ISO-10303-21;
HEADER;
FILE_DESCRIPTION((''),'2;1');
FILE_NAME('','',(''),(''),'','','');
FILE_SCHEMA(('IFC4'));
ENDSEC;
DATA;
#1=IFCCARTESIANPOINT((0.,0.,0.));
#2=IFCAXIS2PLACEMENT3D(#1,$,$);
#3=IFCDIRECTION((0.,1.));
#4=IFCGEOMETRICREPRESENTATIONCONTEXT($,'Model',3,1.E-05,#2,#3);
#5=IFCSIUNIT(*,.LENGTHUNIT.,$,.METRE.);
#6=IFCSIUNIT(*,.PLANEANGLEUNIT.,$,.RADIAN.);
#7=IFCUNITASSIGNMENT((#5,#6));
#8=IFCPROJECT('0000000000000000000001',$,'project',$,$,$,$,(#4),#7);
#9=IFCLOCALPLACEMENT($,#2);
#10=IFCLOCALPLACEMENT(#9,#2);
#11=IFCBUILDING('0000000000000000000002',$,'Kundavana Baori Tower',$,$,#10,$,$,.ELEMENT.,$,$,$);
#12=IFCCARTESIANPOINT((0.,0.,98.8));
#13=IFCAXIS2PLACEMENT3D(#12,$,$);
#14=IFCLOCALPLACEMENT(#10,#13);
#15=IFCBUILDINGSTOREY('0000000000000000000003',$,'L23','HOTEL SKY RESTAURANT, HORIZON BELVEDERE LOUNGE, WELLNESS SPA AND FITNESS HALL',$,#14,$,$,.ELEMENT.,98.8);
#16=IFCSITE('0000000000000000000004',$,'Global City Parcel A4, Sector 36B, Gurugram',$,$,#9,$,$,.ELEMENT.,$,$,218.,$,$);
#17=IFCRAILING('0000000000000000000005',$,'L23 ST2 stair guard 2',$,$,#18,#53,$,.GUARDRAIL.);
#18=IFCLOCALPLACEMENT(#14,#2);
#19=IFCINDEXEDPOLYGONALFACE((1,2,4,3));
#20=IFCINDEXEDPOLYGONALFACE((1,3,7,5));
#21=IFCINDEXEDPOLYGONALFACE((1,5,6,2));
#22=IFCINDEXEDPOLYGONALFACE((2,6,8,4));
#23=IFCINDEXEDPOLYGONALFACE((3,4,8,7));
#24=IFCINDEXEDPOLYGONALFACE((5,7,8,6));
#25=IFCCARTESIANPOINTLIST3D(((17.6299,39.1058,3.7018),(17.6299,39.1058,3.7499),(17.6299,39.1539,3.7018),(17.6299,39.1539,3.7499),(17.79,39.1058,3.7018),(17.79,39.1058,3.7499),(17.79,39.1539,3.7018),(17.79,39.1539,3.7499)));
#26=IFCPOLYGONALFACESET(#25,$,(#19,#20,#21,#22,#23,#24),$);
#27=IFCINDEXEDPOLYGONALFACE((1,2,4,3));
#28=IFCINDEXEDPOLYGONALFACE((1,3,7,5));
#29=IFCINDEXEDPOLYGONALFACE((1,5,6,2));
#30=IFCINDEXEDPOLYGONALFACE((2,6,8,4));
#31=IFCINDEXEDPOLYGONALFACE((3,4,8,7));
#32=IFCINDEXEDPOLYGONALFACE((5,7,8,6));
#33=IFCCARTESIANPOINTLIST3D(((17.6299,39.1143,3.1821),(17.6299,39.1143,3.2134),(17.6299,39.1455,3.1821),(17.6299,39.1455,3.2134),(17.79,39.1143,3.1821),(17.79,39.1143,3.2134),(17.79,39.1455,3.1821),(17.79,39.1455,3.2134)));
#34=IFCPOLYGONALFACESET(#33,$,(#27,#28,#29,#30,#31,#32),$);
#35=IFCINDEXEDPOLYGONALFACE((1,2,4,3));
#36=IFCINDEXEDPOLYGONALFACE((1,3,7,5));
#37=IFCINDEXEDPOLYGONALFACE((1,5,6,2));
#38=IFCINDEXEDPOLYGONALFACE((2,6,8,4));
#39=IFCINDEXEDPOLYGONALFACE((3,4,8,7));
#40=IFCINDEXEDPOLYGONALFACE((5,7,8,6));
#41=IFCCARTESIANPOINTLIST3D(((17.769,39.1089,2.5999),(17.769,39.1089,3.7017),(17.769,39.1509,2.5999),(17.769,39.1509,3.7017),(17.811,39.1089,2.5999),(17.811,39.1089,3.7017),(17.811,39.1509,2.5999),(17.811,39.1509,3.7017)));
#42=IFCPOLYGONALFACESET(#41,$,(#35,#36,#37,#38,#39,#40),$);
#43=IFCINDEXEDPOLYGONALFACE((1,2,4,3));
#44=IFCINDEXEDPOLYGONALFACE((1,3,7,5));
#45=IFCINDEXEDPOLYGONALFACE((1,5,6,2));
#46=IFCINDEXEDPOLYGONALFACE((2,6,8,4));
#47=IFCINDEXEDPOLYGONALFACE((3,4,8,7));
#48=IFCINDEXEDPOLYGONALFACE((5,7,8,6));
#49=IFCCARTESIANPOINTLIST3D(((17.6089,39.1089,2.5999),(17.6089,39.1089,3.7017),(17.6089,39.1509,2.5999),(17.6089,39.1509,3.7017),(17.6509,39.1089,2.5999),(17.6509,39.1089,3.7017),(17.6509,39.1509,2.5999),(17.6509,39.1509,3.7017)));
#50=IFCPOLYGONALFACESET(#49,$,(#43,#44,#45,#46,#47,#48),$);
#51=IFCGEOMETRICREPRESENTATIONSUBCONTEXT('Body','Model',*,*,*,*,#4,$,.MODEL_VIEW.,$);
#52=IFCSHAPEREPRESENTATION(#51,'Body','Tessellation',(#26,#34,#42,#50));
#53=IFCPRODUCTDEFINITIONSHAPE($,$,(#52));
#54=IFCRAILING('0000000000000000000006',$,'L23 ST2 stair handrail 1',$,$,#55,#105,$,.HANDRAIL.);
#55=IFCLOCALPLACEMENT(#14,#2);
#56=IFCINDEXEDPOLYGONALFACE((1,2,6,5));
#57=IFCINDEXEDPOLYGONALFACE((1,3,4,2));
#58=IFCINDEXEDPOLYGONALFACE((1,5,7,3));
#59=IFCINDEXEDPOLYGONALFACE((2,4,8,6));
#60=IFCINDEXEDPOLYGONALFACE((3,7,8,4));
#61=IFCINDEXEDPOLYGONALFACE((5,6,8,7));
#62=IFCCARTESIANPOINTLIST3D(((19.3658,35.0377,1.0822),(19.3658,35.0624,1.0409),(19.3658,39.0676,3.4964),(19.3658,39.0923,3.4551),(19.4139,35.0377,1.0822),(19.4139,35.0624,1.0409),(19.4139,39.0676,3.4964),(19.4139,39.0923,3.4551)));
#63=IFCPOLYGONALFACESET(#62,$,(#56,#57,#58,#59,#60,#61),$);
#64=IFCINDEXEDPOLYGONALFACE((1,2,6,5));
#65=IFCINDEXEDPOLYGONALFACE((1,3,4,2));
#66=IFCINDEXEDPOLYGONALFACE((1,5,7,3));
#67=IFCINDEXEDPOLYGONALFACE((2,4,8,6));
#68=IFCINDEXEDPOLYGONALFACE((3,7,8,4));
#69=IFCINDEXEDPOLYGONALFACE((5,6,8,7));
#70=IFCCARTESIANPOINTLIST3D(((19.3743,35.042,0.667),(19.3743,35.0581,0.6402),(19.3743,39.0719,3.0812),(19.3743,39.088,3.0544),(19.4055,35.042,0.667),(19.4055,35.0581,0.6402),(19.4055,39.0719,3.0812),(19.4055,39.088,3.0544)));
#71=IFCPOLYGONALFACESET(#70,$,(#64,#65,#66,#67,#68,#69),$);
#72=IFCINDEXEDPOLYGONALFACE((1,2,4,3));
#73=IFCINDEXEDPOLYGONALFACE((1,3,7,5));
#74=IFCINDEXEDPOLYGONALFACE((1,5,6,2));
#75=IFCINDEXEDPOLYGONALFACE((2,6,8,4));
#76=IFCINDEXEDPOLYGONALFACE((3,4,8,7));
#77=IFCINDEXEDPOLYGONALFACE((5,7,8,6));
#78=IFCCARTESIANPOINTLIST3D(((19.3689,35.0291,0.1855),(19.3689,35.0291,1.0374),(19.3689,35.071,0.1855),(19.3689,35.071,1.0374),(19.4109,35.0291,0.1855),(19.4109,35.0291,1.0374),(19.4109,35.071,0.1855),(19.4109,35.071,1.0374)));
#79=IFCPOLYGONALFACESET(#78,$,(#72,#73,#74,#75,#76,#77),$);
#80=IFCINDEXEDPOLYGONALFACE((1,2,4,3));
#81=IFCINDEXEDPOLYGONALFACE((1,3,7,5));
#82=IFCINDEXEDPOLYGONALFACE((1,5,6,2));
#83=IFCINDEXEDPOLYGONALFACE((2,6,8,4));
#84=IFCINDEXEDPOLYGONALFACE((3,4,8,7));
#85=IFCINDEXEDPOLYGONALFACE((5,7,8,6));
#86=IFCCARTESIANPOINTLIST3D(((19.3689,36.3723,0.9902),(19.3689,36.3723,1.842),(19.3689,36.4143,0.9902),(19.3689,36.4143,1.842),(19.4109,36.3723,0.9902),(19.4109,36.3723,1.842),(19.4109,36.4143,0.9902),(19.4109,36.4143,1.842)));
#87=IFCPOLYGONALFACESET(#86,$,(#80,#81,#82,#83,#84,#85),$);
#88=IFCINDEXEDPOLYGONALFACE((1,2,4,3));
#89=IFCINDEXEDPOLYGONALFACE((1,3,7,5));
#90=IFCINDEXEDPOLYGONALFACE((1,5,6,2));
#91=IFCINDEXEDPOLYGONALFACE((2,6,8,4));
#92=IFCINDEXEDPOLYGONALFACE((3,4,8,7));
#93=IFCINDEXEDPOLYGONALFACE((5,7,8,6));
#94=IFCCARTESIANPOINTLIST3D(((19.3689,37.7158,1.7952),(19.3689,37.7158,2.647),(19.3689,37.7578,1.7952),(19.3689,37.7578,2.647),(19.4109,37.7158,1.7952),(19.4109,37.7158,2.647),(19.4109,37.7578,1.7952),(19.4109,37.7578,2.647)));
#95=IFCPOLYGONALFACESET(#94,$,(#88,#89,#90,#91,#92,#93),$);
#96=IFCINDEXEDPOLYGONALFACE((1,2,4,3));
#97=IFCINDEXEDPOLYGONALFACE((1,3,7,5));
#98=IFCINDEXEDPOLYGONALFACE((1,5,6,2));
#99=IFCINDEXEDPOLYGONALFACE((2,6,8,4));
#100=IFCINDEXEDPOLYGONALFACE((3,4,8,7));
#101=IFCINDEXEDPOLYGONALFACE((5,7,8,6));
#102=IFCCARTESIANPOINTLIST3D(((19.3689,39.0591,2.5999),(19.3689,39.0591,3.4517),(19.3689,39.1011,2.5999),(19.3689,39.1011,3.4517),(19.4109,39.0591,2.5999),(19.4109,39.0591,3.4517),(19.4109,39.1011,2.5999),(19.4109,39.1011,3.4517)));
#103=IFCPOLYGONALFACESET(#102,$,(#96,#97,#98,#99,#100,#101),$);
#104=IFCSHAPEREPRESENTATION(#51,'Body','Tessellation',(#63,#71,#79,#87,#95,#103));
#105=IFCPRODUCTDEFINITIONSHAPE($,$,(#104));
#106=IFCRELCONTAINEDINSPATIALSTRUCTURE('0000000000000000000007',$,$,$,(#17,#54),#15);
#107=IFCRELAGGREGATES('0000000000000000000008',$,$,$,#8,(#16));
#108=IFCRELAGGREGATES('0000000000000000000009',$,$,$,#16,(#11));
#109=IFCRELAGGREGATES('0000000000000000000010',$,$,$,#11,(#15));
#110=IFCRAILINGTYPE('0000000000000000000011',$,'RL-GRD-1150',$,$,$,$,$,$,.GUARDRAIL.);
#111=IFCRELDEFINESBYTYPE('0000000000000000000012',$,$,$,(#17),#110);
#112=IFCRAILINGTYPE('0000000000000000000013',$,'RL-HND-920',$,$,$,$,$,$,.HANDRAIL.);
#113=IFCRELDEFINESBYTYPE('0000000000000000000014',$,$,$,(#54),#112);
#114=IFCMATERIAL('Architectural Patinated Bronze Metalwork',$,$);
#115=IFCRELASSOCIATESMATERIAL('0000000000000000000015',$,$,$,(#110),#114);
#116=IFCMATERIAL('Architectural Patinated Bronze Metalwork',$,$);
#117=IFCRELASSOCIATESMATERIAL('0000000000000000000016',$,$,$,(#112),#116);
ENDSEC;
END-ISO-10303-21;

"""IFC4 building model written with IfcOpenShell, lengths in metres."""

from ifc_helpers import new_model, si_unit, direction, frame, origin, origin_2d, place, context, subcontext, project, spatial, rectangle, extrude, material, type_object, element, save


model = new_model("IFC4")

# Units and contexts
model_context = context("Model", 3, precision=1e-05, world=origin(), true_north=direction((0.0, 1.0)))
body_context = subcontext(model_context, "Body", "Model", "MODEL_VIEW")
ifc_project = project(units=[si_unit("LENGTHUNIT", "METRE"), si_unit("PLANEANGLEUNIT", "RADIAN")], contexts=[model_context])

# Site, building, storey
site_placement = place(None, origin())
site = spatial("IfcSite", under=ifc_project, at=site_placement, Name="Global City Parcel A4, Sector 36B, Gurugram", CompositionType="ELEMENT", RefElevation=218.0)
building_placement = place(site_placement, origin())
building = spatial("IfcBuilding", under=site, at=building_placement, Name="Kundavana Baori Tower", CompositionType="ELEMENT")
storey_placement = place(building_placement, frame((0.0, 0.0, 98.8)))
storey = spatial("IfcBuildingStorey", under=building, at=storey_placement, Name="L23", Description="HOTEL SKY RESTAURANT, HORIZON BELVEDERE LOUNGE, WELLNESS SPA AND FITNESS HALL", CompositionType="ELEMENT", Elevation=98.8)

# Railings
ifc_material_1 = material(Name="Architectural Patinated Bronze Metalwork")
railing_type_1 = type_object("IfcRailingType", Name="RL-GRD-1150", PredefinedType="GUARDRAIL", material=ifc_material_1)
railing_1_placement = place(storey_placement, frame((17.79, 39.1299, 2.5999)))
element("IfcRailing", 1, at=railing_1_placement, inside=storey, type_object=railing_type_1, Name="L23 ST2 stair guard 2", PredefinedType="GUARDRAIL", context=body_context, shape_type="SweptSolid", body=[
    extrude(rectangle(XDim=0.0481, YDim=0.0481, at=origin_2d()), frame((0.0, 0.0, 1.126), z_axis=(-1.0, 0.0, 0.0), x_axis=(0.0, -1.0, 0.0)), (0.0, 0.0, 1.0), 0.1602),
    extrude(rectangle(XDim=0.0312, YDim=0.0312, at=origin_2d()), frame((0.0, 0.0, 0.5979), z_axis=(-1.0, 0.0, 0.0), x_axis=(0.0, -1.0, 0.0)), (0.0, 0.0, 1.0), 0.1602),
    extrude(rectangle(XDim=0.042, YDim=0.042, at=origin_2d()), origin(), (0.0, 0.0, 1.0), 1.1018),
    extrude(rectangle(XDim=0.042, YDim=0.042, at=origin_2d()), frame((-0.1602, 0.0, 0.0)), (0.0, 0.0, 1.0), 1.1018),
])
ifc_material_2 = material(Name="Architectural Patinated Bronze Metalwork")
railing_type_2 = type_object("IfcRailingType", Name="RL-HND-920", PredefinedType="HANDRAIL", material=ifc_material_2)
railing_2_placement = place(storey_placement, frame((19.3899, 35.05, 0.1855)))
element("IfcRailing", 2, at=railing_2_placement, inside=storey, type_object=railing_type_2, Name="L23 ST2 stair handrail 1", PredefinedType="HANDRAIL", context=body_context, shape_type="SweptSolid", body=[
    extrude(rectangle(XDim=0.0481, YDim=0.0481, at=origin_2d()), frame((0.0, 0.0, 0.876), z_axis=(0.0, 0.857841, 0.513915), x_axis=(-1.0, 0.0, 0.0)), (0.0, 0.0, 1.0), 4.6978),
    extrude(rectangle(XDim=0.0312, YDim=0.0312, at=origin_2d()), frame((0.0, 0.0, 0.468), z_axis=(0.0, 0.857841, 0.513915), x_axis=(-1.0, 0.0, 0.0)), (0.0, 0.0, 1.0), 4.6978),
    extrude(rectangle(XDim=0.042, YDim=0.042, at=origin_2d()), origin(), (0.0, 0.0, 1.0), 0.8518),
    extrude(rectangle(XDim=0.042, YDim=0.042, at=origin_2d()), frame((0.0, 1.3433, 0.8047)), (0.0, 0.0, 1.0), 0.8518),
    extrude(rectangle(XDim=0.042, YDim=0.042, at=origin_2d()), frame((0.0, 2.6868, 1.6096)), (0.0, 0.0, 1.0), 0.8518),
    extrude(rectangle(XDim=0.042, YDim=0.042, at=origin_2d()), frame((0.0, 4.03, 2.4143)), (0.0, 0.0, 1.0), 0.8518),
])

save(model, "model.ifc")
